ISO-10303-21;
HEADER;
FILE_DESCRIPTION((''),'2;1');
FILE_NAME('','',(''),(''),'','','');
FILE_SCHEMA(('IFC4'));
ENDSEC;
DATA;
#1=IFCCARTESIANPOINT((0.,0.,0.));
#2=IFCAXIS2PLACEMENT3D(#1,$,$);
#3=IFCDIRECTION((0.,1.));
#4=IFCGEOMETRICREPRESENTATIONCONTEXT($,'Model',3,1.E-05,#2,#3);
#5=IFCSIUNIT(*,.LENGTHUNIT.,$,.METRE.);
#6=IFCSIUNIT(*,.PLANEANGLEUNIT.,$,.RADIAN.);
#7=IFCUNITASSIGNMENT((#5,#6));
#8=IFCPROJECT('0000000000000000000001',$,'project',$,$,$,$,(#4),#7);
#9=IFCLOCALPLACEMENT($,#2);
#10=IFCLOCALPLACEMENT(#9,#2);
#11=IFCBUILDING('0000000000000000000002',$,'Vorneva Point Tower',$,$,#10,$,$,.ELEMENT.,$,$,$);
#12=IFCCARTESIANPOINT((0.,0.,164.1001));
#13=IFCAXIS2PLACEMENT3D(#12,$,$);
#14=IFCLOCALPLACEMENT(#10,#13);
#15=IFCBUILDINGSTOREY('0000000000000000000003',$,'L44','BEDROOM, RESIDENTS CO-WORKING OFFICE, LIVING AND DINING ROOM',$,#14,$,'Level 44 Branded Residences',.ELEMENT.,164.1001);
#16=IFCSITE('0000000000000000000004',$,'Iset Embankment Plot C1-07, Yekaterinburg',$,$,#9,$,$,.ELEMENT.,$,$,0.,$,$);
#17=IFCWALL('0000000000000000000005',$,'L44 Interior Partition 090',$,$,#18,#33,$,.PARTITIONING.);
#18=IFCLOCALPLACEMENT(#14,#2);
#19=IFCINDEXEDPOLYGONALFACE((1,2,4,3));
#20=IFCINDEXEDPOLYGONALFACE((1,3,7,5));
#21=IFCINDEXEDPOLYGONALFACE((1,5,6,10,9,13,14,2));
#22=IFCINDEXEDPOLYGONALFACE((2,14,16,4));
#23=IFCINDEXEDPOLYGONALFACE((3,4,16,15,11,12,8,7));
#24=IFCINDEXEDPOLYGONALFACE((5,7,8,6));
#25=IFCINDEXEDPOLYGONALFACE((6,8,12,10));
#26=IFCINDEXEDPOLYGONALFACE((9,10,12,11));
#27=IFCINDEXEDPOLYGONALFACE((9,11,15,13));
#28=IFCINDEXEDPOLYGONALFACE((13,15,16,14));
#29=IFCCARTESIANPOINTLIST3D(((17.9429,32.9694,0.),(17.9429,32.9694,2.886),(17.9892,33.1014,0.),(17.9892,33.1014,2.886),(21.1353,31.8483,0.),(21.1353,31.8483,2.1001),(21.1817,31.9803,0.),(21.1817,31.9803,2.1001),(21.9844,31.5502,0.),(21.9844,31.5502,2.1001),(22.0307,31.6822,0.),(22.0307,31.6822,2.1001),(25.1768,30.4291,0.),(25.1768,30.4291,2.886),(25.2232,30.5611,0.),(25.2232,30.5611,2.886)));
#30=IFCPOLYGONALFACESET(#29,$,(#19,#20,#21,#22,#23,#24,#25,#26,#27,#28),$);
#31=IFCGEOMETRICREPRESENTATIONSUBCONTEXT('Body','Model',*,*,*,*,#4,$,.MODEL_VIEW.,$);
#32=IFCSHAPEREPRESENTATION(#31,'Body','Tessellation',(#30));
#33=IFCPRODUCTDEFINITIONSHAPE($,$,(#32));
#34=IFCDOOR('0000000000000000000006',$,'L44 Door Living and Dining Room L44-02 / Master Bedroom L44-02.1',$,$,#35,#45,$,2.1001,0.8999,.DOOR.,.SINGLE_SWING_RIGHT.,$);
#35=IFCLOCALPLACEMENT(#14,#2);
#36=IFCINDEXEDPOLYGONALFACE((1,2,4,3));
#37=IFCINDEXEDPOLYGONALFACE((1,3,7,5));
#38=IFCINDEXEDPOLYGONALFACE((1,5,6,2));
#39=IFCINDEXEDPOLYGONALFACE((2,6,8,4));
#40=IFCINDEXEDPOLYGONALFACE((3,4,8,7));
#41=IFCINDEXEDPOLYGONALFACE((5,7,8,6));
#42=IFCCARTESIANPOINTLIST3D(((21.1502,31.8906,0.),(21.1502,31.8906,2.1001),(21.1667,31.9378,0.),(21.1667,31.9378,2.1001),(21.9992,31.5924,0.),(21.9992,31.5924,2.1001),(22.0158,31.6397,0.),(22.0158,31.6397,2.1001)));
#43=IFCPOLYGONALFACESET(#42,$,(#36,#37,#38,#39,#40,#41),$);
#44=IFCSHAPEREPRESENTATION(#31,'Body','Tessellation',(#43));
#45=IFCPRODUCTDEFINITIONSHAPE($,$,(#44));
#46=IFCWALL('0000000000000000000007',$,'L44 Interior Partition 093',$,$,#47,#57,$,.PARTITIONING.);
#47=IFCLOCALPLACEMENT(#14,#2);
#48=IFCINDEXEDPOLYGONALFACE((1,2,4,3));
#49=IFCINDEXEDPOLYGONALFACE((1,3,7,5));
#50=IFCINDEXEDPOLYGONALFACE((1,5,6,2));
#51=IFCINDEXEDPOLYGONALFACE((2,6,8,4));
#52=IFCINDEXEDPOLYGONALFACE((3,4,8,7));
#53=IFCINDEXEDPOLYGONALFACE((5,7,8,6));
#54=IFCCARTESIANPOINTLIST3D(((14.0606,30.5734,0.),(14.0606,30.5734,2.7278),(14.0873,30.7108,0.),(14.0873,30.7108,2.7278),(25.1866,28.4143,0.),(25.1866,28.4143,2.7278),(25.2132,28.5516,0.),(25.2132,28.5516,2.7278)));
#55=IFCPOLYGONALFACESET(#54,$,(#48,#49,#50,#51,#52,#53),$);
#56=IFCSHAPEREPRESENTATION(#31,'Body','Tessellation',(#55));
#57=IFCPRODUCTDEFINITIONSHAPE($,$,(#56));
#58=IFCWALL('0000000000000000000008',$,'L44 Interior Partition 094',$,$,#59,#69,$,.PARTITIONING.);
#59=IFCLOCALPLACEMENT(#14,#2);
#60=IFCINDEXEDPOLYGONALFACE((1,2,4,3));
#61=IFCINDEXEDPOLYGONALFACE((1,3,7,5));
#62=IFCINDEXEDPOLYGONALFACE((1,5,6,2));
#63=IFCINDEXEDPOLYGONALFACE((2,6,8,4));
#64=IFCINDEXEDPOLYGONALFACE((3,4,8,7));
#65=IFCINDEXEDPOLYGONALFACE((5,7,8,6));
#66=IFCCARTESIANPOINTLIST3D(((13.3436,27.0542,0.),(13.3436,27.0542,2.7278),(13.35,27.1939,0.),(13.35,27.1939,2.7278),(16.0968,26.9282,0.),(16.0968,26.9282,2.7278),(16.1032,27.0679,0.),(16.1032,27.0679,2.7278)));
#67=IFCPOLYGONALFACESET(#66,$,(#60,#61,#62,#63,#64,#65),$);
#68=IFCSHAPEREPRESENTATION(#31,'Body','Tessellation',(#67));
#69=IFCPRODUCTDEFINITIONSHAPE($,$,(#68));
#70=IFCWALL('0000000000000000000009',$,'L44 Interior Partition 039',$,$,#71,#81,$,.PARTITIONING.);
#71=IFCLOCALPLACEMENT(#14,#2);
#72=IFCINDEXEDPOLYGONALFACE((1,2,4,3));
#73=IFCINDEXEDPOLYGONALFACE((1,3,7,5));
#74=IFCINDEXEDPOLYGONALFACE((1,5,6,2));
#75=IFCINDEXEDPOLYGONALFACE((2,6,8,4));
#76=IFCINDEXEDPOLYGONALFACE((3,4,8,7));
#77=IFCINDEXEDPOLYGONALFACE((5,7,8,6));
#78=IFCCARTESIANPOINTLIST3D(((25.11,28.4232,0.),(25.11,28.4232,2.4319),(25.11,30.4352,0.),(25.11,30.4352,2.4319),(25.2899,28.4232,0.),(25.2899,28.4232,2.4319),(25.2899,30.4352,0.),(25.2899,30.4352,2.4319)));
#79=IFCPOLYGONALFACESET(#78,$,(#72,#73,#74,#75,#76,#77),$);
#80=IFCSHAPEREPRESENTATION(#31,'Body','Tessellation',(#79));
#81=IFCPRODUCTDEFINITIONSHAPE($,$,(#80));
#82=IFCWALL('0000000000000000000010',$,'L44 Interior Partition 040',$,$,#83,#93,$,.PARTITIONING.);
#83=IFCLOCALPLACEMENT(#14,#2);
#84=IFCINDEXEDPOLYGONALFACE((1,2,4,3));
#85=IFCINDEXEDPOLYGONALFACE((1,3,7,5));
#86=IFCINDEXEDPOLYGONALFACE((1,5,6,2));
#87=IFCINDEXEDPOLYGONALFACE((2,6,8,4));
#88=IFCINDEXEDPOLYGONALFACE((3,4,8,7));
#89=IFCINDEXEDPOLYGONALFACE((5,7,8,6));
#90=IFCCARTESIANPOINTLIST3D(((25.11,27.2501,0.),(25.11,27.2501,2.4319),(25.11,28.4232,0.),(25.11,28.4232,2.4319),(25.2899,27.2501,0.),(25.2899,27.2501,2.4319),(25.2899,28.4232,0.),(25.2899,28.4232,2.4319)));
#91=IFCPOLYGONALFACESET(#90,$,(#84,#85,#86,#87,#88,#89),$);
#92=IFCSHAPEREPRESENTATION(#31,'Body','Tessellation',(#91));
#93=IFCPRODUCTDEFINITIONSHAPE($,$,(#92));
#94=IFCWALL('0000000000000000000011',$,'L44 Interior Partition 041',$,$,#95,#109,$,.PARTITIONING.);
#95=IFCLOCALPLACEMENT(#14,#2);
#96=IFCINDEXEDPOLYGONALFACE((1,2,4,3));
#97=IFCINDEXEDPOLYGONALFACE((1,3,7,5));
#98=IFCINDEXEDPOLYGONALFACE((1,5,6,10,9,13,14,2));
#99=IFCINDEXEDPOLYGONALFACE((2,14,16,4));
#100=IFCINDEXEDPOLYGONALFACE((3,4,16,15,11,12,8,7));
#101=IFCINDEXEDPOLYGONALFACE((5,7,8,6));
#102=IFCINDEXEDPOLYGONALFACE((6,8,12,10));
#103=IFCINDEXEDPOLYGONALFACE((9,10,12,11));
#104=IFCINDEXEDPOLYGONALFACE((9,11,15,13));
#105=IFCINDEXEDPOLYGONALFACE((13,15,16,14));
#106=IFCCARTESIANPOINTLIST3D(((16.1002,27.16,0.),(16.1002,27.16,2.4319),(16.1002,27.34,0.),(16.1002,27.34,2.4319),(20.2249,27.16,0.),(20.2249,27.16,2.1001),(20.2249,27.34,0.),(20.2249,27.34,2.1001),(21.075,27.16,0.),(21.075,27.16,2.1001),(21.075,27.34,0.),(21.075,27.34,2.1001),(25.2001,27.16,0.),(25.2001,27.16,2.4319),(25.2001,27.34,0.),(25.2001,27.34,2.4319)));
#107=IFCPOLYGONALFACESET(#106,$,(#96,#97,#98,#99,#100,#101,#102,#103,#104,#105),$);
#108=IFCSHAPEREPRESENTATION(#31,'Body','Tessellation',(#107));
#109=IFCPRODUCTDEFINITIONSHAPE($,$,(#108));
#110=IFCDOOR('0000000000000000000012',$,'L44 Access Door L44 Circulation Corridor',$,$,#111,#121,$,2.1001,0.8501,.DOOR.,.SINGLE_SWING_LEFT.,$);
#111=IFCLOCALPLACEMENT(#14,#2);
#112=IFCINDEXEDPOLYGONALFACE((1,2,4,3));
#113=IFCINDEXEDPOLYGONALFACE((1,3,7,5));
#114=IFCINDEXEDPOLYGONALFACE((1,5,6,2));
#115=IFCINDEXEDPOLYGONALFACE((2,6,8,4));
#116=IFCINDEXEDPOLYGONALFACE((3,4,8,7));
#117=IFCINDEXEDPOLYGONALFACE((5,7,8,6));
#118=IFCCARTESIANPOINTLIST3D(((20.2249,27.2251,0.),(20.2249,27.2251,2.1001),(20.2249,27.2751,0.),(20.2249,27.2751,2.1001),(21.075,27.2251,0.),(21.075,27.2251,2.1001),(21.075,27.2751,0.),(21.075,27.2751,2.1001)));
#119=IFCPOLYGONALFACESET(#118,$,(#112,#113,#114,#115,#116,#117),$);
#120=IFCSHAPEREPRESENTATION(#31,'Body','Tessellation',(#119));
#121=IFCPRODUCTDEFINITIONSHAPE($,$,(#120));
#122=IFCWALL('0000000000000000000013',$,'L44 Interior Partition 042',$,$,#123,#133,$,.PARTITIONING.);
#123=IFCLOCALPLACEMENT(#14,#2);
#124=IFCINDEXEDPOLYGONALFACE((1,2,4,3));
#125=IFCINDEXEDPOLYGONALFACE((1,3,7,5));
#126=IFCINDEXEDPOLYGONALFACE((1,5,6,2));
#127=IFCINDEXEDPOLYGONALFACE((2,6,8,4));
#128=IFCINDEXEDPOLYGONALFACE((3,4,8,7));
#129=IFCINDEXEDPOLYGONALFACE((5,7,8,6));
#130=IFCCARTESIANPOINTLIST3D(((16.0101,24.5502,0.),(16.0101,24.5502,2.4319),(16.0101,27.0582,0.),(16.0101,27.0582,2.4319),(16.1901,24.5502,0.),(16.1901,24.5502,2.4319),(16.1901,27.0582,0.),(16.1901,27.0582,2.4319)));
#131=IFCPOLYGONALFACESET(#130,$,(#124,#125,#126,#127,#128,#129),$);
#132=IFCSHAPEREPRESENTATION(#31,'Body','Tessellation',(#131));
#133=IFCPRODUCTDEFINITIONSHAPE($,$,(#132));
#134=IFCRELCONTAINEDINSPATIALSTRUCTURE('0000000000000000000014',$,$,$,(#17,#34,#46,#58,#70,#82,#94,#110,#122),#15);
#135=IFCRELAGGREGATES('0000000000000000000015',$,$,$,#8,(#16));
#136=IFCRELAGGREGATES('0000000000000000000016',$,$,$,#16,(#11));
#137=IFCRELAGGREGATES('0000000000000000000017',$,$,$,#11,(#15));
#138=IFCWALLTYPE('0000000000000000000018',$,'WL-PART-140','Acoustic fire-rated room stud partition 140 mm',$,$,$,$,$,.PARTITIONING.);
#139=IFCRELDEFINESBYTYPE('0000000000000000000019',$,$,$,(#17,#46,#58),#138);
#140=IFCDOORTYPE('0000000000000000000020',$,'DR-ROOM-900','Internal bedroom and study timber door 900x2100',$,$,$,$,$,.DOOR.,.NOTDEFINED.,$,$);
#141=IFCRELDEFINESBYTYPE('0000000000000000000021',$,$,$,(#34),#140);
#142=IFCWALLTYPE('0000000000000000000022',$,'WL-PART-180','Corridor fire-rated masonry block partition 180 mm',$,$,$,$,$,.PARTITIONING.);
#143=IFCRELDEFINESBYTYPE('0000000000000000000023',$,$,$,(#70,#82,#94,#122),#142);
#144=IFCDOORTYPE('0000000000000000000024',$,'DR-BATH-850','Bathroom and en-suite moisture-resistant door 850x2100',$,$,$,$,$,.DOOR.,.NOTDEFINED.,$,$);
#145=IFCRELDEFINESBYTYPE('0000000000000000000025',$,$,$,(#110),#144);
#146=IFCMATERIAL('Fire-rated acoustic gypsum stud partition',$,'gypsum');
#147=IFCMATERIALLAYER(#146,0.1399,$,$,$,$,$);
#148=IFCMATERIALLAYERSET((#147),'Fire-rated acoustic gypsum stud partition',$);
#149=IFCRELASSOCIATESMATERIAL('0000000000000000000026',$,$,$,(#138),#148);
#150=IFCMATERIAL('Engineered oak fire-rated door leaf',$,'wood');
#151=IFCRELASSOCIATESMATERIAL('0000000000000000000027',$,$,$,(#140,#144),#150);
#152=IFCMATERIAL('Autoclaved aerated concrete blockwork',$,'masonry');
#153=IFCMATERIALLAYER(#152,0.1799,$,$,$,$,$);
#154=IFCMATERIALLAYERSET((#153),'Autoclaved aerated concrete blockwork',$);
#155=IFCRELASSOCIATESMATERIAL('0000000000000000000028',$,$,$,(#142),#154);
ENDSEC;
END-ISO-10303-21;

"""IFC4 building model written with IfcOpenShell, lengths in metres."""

from ifc_helpers import new_model, si_unit, direction, frame, frame_2d, origin, place, context, subcontext, project, spatial, rectangle, extrude, material, layer, layer_set, type_object, element, fill, save


model = new_model("IFC4")

# Units and contexts
model_context = context("Model", 3, precision=1e-05, world=origin(), true_north=direction((0.0, 1.0)))
body_context = subcontext(model_context, "Body", "Model", "MODEL_VIEW")
ifc_project = project(units=[si_unit("LENGTHUNIT", "METRE"), si_unit("PLANEANGLEUNIT", "RADIAN")], contexts=[model_context])

# Site, building, storey
site_placement = place(None, origin())
site = spatial("IfcSite", under=ifc_project, at=site_placement, Name="Iset Embankment Plot C1-07, Yekaterinburg", CompositionType="ELEMENT", RefElevation=0.0)
building_placement = place(site_placement, origin())
building = spatial("IfcBuilding", under=site, at=building_placement, Name="Vorneva Point Tower", CompositionType="ELEMENT")
storey_placement = place(building_placement, frame((0.0, 0.0, 164.1001)))
storey = spatial("IfcBuildingStorey", under=building, at=storey_placement, Name="L44", Description="BEDROOM, RESIDENTS CO-WORKING OFFICE, LIVING AND DINING ROOM", LongName="Level 44 Branded Residences", CompositionType="ELEMENT", Elevation=164.1001)

# Shared definitions
ifc_material_1 = material(Name="Fire-rated acoustic gypsum stud partition", Category="gypsum")

# Wall, opening, door
ifc_layer_1 = layer(ifc_material_1, 0.1399)
ifc_layer_set_1 = layer_set([ifc_layer_1], Name="Fire-rated acoustic gypsum stud partition")
wall_type_1 = type_object("IfcWallType", Name="WL-PART-140", Description="Acoustic fire-rated room stud partition 140 mm", PredefinedType="PARTITIONING", material=ifc_layer_set_1)
wall_1_placement = place(storey_placement, frame((17.9661, 33.0354, 0.0), z_axis=(0.0, 0.0, 1.0), x_axis=(0.943515, -0.331329, 0.0)))
wall_1 = element("IfcWall", 1, at=wall_1_placement, inside=storey, type_object=wall_type_1, Name="L44 Interior Partition 090", PredefinedType="PARTITIONING", context=body_context, shape_type="SweptSolid", body=[
    extrude(rectangle(XDim=7.667, YDim=0.1399, at=frame_2d((3.8335, 0.0))), origin(), (0.0, 0.0, 1.0), 2.886),
])
opening_1_placement = place(wall_1_placement, frame((3.3835, 0.0, 0.0)))
opening_1 = element("IfcOpeningElement", 2, at=opening_1_placement, cuts=wall_1, PredefinedType="OPENING", context=body_context, shape_type="SweptSolid", body=[
    extrude(rectangle(XDim=0.8999, YDim=2.1001, at=frame_2d((0.45, 1.05))), frame((0.0, 0.085, 0.0), z_axis=(0.0, -1.0, 0.0), x_axis=(1.0, 0.0, 0.0)), (0.0, 0.0, 1.0), 0.1697),
])
ifc_material_2 = material(Name="Engineered oak fire-rated door leaf", Category="wood")
door_type_1 = type_object("IfcDoorType", Name="DR-ROOM-900", Description="Internal bedroom and study timber door 900x2100", OperationType="NOTDEFINED", PredefinedType="DOOR", material=ifc_material_2)
door_1_placement = place(opening_1_placement, origin())
door_1 = element("IfcDoor", 3, at=door_1_placement, inside=storey, type_object=door_type_1, Name="L44 Door Living and Dining Room L44-02 / Master Bedroom L44-02.1", OperationType="SINGLE_SWING_RIGHT", OverallHeight=2.1001, OverallWidth=0.8999, PredefinedType="DOOR", context=body_context, shape_type="SweptSolid", body=[
    extrude(rectangle(XDim=0.8999, YDim=2.1001, at=frame_2d((0.45, 1.05))), frame((0.0, 0.0249, 0.0), z_axis=(0.0, -1.0, 0.0), x_axis=(1.0, 0.0, 0.0)), (0.0, 0.0, 1.0), 0.05),
])
fill(opening_1, door_1)

# Walls
wall_2_placement = place(storey_placement, frame((14.074, 30.6421, 0.0), z_axis=(0.0, 0.0, 1.0), x_axis=(0.981685, -0.190512, 0.0)))
element("IfcWall", 4, at=wall_2_placement, inside=storey, type_object=wall_type_1, Name="L44 Interior Partition 093", PredefinedType="PARTITIONING", context=body_context, shape_type="SweptSolid", body=[
    extrude(rectangle(XDim=11.3335, YDim=0.1399, at=frame_2d((5.6667, 0.0))), origin(), (0.0, 0.0, 1.0), 2.7278),
])
wall_3_placement = place(storey_placement, frame((13.3469, 27.124, 0.0), z_axis=(0.0, 0.0, 1.0), x_axis=(0.998955, -0.045709, 0.0)))
element("IfcWall", 5, at=wall_3_placement, inside=storey, type_object=wall_type_1, Name="L44 Interior Partition 094", PredefinedType="PARTITIONING", context=body_context, shape_type="SweptSolid", body=[
    extrude(rectangle(XDim=2.7561, YDim=0.1399, at=frame_2d((1.3779, 0.0))), origin(), (0.0, 0.0, 1.0), 2.7278),
])
ifc_material_3 = material(Name="Autoclaved aerated concrete blockwork", Category="masonry")
ifc_layer_2 = layer(ifc_material_3, 0.1799)
ifc_layer_set_2 = layer_set([ifc_layer_2], Name="Autoclaved aerated concrete blockwork")
wall_type_2 = type_object("IfcWallType", Name="WL-PART-180", Description="Corridor fire-rated masonry block partition 180 mm", PredefinedType="PARTITIONING", material=ifc_layer_set_2)
wall_4_placement = place(storey_placement, frame((25.2, 30.4351, 0.0), z_axis=(0.0, 0.0, 1.0), x_axis=(0.0, -1.0, 0.0)))
element("IfcWall", 6, at=wall_4_placement, inside=storey, type_object=wall_type_2, Name="L44 Interior Partition 039", PredefinedType="PARTITIONING", context=body_context, shape_type="SweptSolid", body=[
    extrude(rectangle(XDim=2.012, YDim=0.1799, at=frame_2d((1.0059, 0.0))), origin(), (0.0, 0.0, 1.0), 2.4319),
])
wall_5_placement = place(storey_placement, frame((25.2, 28.4231, 0.0), z_axis=(0.0, 0.0, 1.0), x_axis=(0.0, -1.0, 0.0)))
element("IfcWall", 7, at=wall_5_placement, inside=storey, type_object=wall_type_2, Name="L44 Interior Partition 040", PredefinedType="PARTITIONING", context=body_context, shape_type="SweptSolid", body=[
    extrude(rectangle(XDim=1.1731, YDim=0.1799, at=frame_2d((0.5864, 0.0))), origin(), (0.0, 0.0, 1.0), 2.4319),
])

# Wall, opening, door
wall_6_placement = place(storey_placement, frame((25.2, 27.25, 0.0), z_axis=(0.0, 0.0, 1.0), x_axis=(-1.0, 0.0, 0.0)))
wall_6 = element("IfcWall", 8, at=wall_6_placement, inside=storey, type_object=wall_type_2, Name="L44 Interior Partition 041", PredefinedType="PARTITIONING", context=body_context, shape_type="SweptSolid", body=[
    extrude(rectangle(XDim=9.0999, YDim=0.1799, at=frame_2d((4.5498, 0.0))), origin(), (0.0, 0.0, 1.0), 2.4319),
])
opening_2_placement = place(wall_6_placement, frame((4.125, 0.0, 0.0)))
opening_2 = element("IfcOpeningElement", 9, at=opening_2_placement, cuts=wall_6, PredefinedType="OPENING", context=body_context, shape_type="SweptSolid", body=[
    extrude(rectangle(XDim=0.8501, YDim=2.1001, at=frame_2d((0.425, 1.05))), frame((0.0, 0.105, 0.0), z_axis=(0.0, -1.0, 0.0), x_axis=(1.0, 0.0, 0.0)), (0.0, 0.0, 1.0), 0.2097),
])
door_type_2 = type_object("IfcDoorType", Name="DR-BATH-850", Description="Bathroom and en-suite moisture-resistant door 850x2100", OperationType="NOTDEFINED", PredefinedType="DOOR", material=ifc_material_2)
door_2_placement = place(opening_2_placement, origin())
door_2 = element("IfcDoor", 10, at=door_2_placement, inside=storey, type_object=door_type_2, Name="L44 Access Door L44 Circulation Corridor", OperationType="SINGLE_SWING_LEFT", OverallHeight=2.1001, OverallWidth=0.8501, PredefinedType="DOOR", context=body_context, shape_type="SweptSolid", body=[
    extrude(rectangle(XDim=0.8501, YDim=2.1001, at=frame_2d((0.425, 1.05))), frame((0.0, 0.0249, 0.0), z_axis=(0.0, -1.0, 0.0), x_axis=(1.0, 0.0, 0.0)), (0.0, 0.0, 1.0), 0.05),
])
fill(opening_2, door_2)

# Wall
wall_7_placement = place(storey_placement, frame((16.1001, 27.0581, 0.0), z_axis=(0.0, 0.0, 1.0), x_axis=(0.0, -1.0, 0.0)))
element("IfcWall", 11, at=wall_7_placement, inside=storey, type_object=wall_type_2, Name="L44 Interior Partition 042", PredefinedType="PARTITIONING", context=body_context, shape_type="SweptSolid", body=[
    extrude(rectangle(XDim=2.5081, YDim=0.1799, at=frame_2d((1.2539, 0.0))), origin(), (0.0, 0.0, 1.0), 2.4319),
])

save(model, "model.ifc")
